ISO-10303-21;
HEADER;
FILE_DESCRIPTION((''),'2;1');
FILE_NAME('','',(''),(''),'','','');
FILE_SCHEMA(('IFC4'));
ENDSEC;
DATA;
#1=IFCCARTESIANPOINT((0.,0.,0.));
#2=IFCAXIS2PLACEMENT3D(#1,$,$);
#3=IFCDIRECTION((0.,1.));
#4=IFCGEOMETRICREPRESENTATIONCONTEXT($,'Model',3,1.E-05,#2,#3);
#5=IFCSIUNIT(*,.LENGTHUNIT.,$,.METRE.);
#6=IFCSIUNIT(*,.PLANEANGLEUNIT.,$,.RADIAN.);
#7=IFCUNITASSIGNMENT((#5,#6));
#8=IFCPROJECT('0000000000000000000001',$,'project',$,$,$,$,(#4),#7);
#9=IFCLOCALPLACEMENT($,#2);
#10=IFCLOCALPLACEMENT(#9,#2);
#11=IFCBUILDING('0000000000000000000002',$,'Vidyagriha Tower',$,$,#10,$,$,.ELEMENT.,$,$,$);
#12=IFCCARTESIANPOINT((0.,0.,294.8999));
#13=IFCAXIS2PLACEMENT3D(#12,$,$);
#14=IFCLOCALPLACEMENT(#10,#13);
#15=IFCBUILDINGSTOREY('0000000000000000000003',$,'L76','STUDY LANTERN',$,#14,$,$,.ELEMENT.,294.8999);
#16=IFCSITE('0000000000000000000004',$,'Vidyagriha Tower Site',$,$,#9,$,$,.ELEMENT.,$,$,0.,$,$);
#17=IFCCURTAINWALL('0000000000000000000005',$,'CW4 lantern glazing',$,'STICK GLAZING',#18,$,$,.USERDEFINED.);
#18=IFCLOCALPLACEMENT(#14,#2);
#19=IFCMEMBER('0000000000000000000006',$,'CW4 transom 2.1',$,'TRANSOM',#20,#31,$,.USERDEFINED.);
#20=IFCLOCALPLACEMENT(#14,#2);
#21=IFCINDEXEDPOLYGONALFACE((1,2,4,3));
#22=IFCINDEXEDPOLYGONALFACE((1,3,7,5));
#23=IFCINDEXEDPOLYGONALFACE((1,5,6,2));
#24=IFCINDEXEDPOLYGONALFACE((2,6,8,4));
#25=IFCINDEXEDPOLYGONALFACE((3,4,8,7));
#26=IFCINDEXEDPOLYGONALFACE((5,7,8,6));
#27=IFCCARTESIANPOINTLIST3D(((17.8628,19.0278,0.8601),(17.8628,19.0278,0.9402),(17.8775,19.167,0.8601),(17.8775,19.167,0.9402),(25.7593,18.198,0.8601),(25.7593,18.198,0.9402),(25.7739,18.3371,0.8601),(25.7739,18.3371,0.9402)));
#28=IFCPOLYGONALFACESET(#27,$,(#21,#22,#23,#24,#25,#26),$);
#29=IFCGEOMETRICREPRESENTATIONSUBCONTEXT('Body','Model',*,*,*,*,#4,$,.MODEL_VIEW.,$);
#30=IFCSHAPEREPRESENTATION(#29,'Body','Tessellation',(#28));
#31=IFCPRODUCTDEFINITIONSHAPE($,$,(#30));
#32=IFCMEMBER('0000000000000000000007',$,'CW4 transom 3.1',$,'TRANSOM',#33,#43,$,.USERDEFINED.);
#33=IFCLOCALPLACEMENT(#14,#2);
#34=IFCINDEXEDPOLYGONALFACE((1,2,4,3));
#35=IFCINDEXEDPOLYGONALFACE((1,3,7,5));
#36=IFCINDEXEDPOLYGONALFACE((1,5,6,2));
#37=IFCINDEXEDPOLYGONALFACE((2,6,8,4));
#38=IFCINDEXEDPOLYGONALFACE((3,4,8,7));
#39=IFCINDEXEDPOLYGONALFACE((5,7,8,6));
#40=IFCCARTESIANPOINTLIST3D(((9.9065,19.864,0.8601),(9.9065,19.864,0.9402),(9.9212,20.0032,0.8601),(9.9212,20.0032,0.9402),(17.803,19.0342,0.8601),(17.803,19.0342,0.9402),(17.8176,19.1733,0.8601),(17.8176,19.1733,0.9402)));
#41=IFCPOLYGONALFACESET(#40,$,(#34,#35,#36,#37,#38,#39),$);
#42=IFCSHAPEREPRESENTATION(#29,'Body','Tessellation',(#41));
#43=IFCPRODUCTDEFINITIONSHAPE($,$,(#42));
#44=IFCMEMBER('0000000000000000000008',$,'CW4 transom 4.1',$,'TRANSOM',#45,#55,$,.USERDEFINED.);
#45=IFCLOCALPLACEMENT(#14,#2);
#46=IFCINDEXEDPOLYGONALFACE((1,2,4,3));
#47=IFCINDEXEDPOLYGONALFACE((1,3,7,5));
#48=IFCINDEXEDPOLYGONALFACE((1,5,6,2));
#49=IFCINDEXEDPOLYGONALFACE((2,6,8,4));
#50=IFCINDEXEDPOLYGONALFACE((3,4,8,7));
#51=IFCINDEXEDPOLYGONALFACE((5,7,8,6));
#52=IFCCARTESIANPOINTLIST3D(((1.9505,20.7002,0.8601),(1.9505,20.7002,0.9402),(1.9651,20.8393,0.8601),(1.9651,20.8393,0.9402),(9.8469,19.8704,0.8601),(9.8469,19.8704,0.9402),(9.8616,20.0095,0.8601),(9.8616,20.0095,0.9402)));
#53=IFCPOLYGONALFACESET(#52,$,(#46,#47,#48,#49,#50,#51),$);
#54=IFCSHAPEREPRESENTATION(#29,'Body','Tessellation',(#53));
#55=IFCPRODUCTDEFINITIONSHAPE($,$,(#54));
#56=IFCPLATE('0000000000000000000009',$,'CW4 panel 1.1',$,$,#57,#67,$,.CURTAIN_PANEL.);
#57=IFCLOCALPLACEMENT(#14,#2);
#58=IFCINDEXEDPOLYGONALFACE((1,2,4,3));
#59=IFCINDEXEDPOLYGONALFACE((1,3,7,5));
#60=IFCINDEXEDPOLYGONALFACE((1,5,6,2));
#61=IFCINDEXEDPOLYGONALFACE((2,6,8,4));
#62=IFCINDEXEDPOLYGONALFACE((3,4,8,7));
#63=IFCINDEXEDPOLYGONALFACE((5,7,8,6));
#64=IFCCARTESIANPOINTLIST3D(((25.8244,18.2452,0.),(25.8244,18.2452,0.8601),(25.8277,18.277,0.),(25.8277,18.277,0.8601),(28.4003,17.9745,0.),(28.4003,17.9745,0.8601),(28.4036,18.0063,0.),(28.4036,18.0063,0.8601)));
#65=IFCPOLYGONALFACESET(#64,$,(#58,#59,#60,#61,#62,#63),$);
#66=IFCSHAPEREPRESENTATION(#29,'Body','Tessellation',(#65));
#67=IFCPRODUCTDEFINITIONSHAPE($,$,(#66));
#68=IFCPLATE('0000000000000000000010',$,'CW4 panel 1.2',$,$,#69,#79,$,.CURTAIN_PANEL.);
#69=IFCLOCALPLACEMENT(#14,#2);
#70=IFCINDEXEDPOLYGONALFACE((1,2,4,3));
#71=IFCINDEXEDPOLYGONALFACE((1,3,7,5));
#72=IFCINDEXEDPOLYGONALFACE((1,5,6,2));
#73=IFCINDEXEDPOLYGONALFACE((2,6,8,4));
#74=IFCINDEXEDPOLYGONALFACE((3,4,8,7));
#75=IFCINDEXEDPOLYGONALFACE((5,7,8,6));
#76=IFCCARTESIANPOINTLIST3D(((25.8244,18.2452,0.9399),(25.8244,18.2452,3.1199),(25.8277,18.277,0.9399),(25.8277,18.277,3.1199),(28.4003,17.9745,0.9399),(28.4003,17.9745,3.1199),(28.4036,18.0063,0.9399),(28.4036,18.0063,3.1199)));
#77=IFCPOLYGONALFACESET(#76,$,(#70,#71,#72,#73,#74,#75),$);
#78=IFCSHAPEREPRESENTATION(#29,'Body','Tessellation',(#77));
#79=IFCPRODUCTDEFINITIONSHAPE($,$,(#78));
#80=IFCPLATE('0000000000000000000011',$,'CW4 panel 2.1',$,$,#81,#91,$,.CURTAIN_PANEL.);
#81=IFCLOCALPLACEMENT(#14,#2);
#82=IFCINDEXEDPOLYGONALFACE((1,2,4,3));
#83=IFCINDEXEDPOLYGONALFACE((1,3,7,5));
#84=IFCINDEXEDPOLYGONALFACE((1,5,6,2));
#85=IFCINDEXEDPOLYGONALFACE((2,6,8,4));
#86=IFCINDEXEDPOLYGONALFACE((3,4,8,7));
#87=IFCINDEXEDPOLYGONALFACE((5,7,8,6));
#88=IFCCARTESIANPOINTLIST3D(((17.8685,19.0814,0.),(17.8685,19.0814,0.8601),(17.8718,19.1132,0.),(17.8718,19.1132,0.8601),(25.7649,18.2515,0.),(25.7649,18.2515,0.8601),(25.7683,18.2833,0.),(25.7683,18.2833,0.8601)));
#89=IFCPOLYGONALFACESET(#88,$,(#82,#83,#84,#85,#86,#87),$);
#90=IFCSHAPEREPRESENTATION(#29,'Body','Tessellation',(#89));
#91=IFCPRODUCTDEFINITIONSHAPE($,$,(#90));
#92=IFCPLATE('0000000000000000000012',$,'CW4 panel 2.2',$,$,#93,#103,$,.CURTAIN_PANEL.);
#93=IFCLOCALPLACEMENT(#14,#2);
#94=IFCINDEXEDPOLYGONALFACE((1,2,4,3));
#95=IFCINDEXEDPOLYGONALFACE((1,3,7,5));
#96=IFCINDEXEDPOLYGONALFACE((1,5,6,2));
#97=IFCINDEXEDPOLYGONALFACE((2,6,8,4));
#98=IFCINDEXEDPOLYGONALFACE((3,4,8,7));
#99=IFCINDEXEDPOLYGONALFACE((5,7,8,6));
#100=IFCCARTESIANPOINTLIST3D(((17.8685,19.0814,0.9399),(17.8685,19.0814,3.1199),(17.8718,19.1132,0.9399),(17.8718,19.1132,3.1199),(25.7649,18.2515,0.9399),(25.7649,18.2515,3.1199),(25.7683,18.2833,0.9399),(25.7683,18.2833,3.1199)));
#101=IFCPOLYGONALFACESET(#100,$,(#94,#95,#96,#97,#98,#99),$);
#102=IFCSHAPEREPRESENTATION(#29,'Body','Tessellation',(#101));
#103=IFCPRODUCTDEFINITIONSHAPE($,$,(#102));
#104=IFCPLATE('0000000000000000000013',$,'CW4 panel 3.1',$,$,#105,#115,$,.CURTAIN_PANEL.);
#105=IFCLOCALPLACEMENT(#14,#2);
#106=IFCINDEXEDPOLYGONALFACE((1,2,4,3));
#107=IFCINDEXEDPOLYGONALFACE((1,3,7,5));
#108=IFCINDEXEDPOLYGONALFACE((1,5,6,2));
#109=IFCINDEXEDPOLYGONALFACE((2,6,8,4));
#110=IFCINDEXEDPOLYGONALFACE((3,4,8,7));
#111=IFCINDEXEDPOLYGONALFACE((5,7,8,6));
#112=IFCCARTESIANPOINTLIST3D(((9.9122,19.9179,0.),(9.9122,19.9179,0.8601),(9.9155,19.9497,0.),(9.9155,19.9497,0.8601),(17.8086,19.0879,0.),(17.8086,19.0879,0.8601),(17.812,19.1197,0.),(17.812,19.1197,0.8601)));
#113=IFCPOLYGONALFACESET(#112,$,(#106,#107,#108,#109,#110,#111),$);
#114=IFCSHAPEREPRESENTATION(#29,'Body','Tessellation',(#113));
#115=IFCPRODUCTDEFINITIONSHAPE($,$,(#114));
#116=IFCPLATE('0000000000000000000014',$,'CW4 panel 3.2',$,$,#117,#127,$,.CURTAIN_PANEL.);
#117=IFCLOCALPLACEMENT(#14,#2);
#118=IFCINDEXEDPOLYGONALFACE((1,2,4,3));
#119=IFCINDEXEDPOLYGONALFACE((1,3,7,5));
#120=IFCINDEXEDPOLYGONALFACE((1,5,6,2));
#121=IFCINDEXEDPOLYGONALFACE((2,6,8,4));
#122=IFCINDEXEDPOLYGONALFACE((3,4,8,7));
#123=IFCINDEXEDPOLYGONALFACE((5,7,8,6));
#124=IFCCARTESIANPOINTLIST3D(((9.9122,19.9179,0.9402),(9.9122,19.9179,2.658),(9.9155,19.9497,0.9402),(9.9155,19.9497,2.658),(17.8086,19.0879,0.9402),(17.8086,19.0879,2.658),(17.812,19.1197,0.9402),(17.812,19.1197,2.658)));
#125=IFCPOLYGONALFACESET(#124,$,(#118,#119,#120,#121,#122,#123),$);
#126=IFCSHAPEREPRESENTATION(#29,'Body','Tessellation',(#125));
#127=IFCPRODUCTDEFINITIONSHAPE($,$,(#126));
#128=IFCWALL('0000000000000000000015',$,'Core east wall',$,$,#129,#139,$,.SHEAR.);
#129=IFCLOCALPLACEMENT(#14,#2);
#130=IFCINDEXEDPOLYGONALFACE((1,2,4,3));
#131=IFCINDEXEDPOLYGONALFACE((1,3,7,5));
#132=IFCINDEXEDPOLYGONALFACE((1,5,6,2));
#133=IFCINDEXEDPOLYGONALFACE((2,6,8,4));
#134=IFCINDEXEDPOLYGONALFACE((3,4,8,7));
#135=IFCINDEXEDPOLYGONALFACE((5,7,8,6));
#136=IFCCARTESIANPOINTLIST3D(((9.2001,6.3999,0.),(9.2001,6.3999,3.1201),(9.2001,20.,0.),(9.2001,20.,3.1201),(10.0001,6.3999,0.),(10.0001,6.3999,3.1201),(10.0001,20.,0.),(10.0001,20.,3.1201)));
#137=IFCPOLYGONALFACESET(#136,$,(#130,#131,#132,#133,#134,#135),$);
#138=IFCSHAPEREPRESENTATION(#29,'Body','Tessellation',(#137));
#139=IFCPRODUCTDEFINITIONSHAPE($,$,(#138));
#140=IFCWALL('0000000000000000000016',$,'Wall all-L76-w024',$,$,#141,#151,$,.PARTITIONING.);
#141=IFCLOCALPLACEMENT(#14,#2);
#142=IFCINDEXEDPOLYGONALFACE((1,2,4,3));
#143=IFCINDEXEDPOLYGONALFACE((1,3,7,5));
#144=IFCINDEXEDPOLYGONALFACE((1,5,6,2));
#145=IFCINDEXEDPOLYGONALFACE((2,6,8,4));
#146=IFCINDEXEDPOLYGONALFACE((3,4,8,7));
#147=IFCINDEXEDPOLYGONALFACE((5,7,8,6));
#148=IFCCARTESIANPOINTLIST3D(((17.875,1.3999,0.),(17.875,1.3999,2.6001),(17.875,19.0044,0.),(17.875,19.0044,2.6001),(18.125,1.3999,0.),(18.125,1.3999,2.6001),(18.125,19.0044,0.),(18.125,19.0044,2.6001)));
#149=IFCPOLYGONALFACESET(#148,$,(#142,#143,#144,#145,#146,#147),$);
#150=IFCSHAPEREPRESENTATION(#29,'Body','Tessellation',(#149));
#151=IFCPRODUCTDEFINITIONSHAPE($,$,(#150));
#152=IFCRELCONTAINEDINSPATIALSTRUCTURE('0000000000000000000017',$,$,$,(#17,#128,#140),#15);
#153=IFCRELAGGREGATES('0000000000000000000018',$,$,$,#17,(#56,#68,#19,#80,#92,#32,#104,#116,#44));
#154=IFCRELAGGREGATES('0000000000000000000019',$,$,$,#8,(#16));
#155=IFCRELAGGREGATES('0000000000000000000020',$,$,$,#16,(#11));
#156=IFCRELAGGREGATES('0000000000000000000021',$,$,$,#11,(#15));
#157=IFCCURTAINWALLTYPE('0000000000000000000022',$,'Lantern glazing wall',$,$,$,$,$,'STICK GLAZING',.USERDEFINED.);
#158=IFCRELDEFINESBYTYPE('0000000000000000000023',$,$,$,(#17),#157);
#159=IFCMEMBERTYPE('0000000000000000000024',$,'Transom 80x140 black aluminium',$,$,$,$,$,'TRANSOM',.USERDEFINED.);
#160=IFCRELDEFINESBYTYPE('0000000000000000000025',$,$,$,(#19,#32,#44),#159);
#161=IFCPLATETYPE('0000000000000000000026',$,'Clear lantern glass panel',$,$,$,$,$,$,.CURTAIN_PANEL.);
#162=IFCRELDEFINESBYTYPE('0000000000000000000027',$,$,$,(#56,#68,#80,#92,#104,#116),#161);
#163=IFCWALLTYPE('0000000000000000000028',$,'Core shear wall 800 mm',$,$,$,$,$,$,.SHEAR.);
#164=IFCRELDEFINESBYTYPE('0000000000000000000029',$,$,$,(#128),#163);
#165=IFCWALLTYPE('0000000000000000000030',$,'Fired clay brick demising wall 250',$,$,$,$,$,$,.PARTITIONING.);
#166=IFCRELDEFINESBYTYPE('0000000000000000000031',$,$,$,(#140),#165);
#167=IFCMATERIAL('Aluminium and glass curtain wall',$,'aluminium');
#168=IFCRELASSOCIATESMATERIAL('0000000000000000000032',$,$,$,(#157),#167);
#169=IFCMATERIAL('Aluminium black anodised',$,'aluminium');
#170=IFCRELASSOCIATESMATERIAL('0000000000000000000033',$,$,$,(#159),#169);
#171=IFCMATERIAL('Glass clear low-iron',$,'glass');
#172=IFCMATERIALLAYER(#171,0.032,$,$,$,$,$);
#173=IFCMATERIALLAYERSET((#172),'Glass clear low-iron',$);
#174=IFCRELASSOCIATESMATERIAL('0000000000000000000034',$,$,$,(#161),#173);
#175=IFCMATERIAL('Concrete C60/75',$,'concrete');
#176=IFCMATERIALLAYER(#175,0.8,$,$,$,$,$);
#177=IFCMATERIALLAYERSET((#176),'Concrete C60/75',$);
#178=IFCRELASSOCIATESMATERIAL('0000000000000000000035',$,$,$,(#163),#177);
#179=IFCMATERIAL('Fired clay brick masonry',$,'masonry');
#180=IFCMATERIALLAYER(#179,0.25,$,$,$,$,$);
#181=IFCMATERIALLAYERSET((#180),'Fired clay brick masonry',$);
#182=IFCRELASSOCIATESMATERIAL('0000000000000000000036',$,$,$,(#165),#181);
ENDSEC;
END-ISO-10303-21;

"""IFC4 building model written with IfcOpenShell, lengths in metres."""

from ifc_helpers import new_model, si_unit, direction, frame, frame_2d, origin, origin_2d, place, context, subcontext, project, spatial, rectangle, extrude, material, layer, layer_set, material_profile, profile_set, type_object, element, aggregate, save


model = new_model("IFC4")

# Units and contexts
model_context = context("Model", 3, precision=1e-05, world=origin(), true_north=direction((0.0, 1.0)))
body_context = subcontext(model_context, "Body", "Model", "MODEL_VIEW")
ifc_project = project(units=[si_unit("LENGTHUNIT", "METRE"), si_unit("PLANEANGLEUNIT", "RADIAN")], contexts=[model_context])

# Site, building, storey
site_placement = place(None, origin())
site = spatial("IfcSite", under=ifc_project, at=site_placement, Name="Vidyagriha Tower Site", CompositionType="ELEMENT", RefElevation=0.0)
building_placement = place(site_placement, origin())
building = spatial("IfcBuilding", under=site, at=building_placement, Name="Vidyagriha Tower", CompositionType="ELEMENT")
storey_placement = place(building_placement, frame((0.0, 0.0, 294.8999)))
storey = spatial("IfcBuildingStorey", under=building, at=storey_placement, Name="L76", Description="STUDY LANTERN", CompositionType="ELEMENT", Elevation=294.8999)

# Shared definitions
ifc_material_1 = material(Name="Aluminium and glass curtain wall", Category="aluminium")
curtain_wall_type = type_object("IfcCurtainWallType", Name="Lantern glazing wall", ElementType="STICK GLAZING", PredefinedType="USERDEFINED", material=ifc_material_1)

# Curtain wall, members, plates
curtain_wall_1_placement = place(storey_placement, origin())
curtain_wall_1 = element("IfcCurtainWall", 1, at=curtain_wall_1_placement, inside=storey, type_object=curtain_wall_type, Name="CW4 lantern glazing", ObjectType="STICK GLAZING", PredefinedType="USERDEFINED")
ifc_material_2 = material(Name="Aluminium black anodised", Category="aluminium")
ifc_material_profile_1 = material_profile(ifc_material_2, rectangle(XDim=0.1399, YDim=0.0801, at=origin_2d()), Name="Transom 80x140 black aluminium")
ifc_profile_set_1 = profile_set([ifc_material_profile_1], Name="Aluminium black anodised")
member_type_1 = type_object("IfcMemberType", Name="Transom 80x140 black aluminium", ElementType="TRANSOM", PredefinedType="USERDEFINED", material=ifc_profile_set_1)
member_1_placement = place(storey_placement, frame((25.7666, 18.2676, 0.9001), z_axis=(-0.994523, 0.104514, 0.0), x_axis=(-0.104514, -0.994523, 0.0)))
member_1 = element("IfcMember", 2, at=member_1_placement, type_object=member_type_1, Name="CW4 transom 2.1", ObjectType="TRANSOM", PredefinedType="USERDEFINED", context=body_context, shape_type="SweptSolid", body=[
    extrude(rectangle(XDim=0.1399, YDim=0.0801, at=origin_2d()), origin(), (0.0, 0.0, 1.0), 7.9399),
])
member_2_placement = place(storey_placement, frame((17.8103, 19.1038, 0.9001), z_axis=(-0.994523, 0.104514, 0.0), x_axis=(-0.104514, -0.994523, 0.0)))
member_2 = element("IfcMember", 3, at=member_2_placement, type_object=member_type_1, Name="CW4 transom 3.1", ObjectType="TRANSOM", PredefinedType="USERDEFINED", context=body_context, shape_type="SweptSolid", body=[
    extrude(rectangle(XDim=0.1399, YDim=0.0801, at=origin_2d()), origin(), (0.0, 0.0, 1.0), 7.9399),
])
member_3_placement = place(storey_placement, frame((9.8542, 19.9399, 0.9001), z_axis=(-0.994523, 0.104514, 0.0), x_axis=(-0.104514, -0.994523, 0.0)))
member_3 = element("IfcMember", 4, at=member_3_placement, type_object=member_type_1, Name="CW4 transom 4.1", ObjectType="TRANSOM", PredefinedType="USERDEFINED", context=body_context, shape_type="SweptSolid", body=[
    extrude(rectangle(XDim=0.1399, YDim=0.0801, at=origin_2d()), origin(), (0.0, 0.0, 1.0), 7.9399),
])
ifc_material_3 = material(Name="Glass clear low-iron", Category="glass")
ifc_layer_1 = layer(ifc_material_3, 0.032)
ifc_layer_set_1 = layer_set([ifc_layer_1], Name="Glass clear low-iron")
plate_type = type_object("IfcPlateType", Name="Clear lantern glass panel", PredefinedType="CURTAIN_PANEL", material=ifc_layer_set_1)
plate_1_placement = place(storey_placement, frame((27.114, 18.1257, 0.0), z_axis=(0.0, 0.0, 1.0), x_axis=(-0.994522, 0.104528, 0.0)))
plate_1 = element("IfcPlate", 5, at=plate_1_placement, type_object=plate_type, Name="CW4 panel 1.1", PredefinedType="CURTAIN_PANEL", context=body_context, shape_type="SweptSolid", body=[
    extrude(rectangle(XDim=2.5901, YDim=0.032, at=origin_2d()), origin(), (0.0, 0.0, 1.0), 0.8601),
])
plate_2_placement = place(storey_placement, frame((27.114, 18.1257, 0.9399), z_axis=(0.0, 0.0, 1.0), x_axis=(-0.994522, 0.104528, 0.0)))
plate_2 = element("IfcPlate", 6, at=plate_2_placement, type_object=plate_type, Name="CW4 panel 1.2", PredefinedType="CURTAIN_PANEL", context=body_context, shape_type="SweptSolid", body=[
    extrude(rectangle(XDim=2.5901, YDim=0.032, at=origin_2d()), origin(), (0.0, 0.0, 1.0), 2.1799),
])
plate_3_placement = place(storey_placement, frame((21.8184, 18.6824, 0.0), z_axis=(0.0, 0.0, 1.0), x_axis=(-0.994522, 0.104528, 0.0)))
plate_3 = element("IfcPlate", 7, at=plate_3_placement, type_object=plate_type, Name="CW4 panel 2.1", PredefinedType="CURTAIN_PANEL", context=body_context, shape_type="SweptSolid", body=[
    extrude(rectangle(XDim=7.9399, YDim=0.032, at=origin_2d()), origin(), (0.0, 0.0, 1.0), 0.8601),
])
plate_4_placement = place(storey_placement, frame((21.8184, 18.6824, 0.9399), z_axis=(0.0, 0.0, 1.0), x_axis=(-0.994522, 0.104528, 0.0)))
plate_4 = element("IfcPlate", 8, at=plate_4_placement, type_object=plate_type, Name="CW4 panel 2.2", PredefinedType="CURTAIN_PANEL", context=body_context, shape_type="SweptSolid", body=[
    extrude(rectangle(XDim=7.9399, YDim=0.032, at=origin_2d()), origin(), (0.0, 0.0, 1.0), 2.1799),
])
plate_5_placement = place(storey_placement, frame((13.8621, 19.5188, 0.0), z_axis=(0.0, 0.0, 1.0), x_axis=(-0.994522, 0.104528, 0.0)))
plate_5 = element("IfcPlate", 9, at=plate_5_placement, type_object=plate_type, Name="CW4 panel 3.1", PredefinedType="CURTAIN_PANEL", context=body_context, shape_type="SweptSolid", body=[
    extrude(rectangle(XDim=7.9399, YDim=0.032, at=origin_2d()), origin(), (0.0, 0.0, 1.0), 0.8601),
])
plate_6_placement = place(storey_placement, frame((13.8621, 19.5188, 0.9402), z_axis=(0.0, 0.0, 1.0), x_axis=(-0.994522, 0.104528, 0.0)))
plate_6 = element("IfcPlate", 10, at=plate_6_placement, type_object=plate_type, Name="CW4 panel 3.2", PredefinedType="CURTAIN_PANEL", context=body_context, shape_type="SweptSolid", body=[
    extrude(rectangle(XDim=7.9399, YDim=0.032, at=origin_2d()), origin(), (0.0, 0.0, 1.0), 1.7178),
])
aggregate(curtain_wall_1, [plate_1, plate_2, member_1, plate_3, plate_4, member_2, plate_5, plate_6, member_3])

# Walls
ifc_material_4 = material(Name="Concrete C60/75", Category="concrete")
ifc_layer_2 = layer(ifc_material_4, 0.8)
ifc_layer_set_2 = layer_set([ifc_layer_2], Name="Concrete C60/75")
wall_type_1 = type_object("IfcWallType", Name="Core shear wall 800 mm", PredefinedType="SHEAR", material=ifc_layer_set_2)
wall_1_placement = place(storey_placement, frame((9.6001, 6.3999, 0.0), z_axis=(0.0, 0.0, 1.0), x_axis=(0.0, 1.0, 0.0)))
element("IfcWall", 11, at=wall_1_placement, inside=storey, type_object=wall_type_1, Name="Core east wall", PredefinedType="SHEAR", context=body_context, shape_type="SweptSolid", body=[
    extrude(rectangle(XDim=13.6001, YDim=0.8, at=frame_2d((6.8, 0.0))), origin(), (0.0, 0.0, 1.0), 3.1201),
])
ifc_material_5 = material(Name="Fired clay brick masonry", Category="masonry")
ifc_layer_3 = layer(ifc_material_5, 0.25)
ifc_layer_set_3 = layer_set([ifc_layer_3], Name="Fired clay brick masonry")
wall_type_2 = type_object("IfcWallType", Name="Fired clay brick demising wall 250", PredefinedType="PARTITIONING", material=ifc_layer_set_3)
wall_2_placement = place(storey_placement, frame((18.0, 19.0044, 0.0), z_axis=(0.0, 0.0, 1.0), x_axis=(0.0, -1.0, 0.0)))
element("IfcWall", 12, at=wall_2_placement, inside=storey, type_object=wall_type_2, Name="Wall all-L76-w024", PredefinedType="PARTITIONING", context=body_context, shape_type="SweptSolid", body=[
    extrude(rectangle(XDim=17.6045, YDim=0.25, at=frame_2d((8.8022, 0.0))), origin(), (0.0, 0.0, 1.0), 2.6001),
])

save(model, "model.ifc")
